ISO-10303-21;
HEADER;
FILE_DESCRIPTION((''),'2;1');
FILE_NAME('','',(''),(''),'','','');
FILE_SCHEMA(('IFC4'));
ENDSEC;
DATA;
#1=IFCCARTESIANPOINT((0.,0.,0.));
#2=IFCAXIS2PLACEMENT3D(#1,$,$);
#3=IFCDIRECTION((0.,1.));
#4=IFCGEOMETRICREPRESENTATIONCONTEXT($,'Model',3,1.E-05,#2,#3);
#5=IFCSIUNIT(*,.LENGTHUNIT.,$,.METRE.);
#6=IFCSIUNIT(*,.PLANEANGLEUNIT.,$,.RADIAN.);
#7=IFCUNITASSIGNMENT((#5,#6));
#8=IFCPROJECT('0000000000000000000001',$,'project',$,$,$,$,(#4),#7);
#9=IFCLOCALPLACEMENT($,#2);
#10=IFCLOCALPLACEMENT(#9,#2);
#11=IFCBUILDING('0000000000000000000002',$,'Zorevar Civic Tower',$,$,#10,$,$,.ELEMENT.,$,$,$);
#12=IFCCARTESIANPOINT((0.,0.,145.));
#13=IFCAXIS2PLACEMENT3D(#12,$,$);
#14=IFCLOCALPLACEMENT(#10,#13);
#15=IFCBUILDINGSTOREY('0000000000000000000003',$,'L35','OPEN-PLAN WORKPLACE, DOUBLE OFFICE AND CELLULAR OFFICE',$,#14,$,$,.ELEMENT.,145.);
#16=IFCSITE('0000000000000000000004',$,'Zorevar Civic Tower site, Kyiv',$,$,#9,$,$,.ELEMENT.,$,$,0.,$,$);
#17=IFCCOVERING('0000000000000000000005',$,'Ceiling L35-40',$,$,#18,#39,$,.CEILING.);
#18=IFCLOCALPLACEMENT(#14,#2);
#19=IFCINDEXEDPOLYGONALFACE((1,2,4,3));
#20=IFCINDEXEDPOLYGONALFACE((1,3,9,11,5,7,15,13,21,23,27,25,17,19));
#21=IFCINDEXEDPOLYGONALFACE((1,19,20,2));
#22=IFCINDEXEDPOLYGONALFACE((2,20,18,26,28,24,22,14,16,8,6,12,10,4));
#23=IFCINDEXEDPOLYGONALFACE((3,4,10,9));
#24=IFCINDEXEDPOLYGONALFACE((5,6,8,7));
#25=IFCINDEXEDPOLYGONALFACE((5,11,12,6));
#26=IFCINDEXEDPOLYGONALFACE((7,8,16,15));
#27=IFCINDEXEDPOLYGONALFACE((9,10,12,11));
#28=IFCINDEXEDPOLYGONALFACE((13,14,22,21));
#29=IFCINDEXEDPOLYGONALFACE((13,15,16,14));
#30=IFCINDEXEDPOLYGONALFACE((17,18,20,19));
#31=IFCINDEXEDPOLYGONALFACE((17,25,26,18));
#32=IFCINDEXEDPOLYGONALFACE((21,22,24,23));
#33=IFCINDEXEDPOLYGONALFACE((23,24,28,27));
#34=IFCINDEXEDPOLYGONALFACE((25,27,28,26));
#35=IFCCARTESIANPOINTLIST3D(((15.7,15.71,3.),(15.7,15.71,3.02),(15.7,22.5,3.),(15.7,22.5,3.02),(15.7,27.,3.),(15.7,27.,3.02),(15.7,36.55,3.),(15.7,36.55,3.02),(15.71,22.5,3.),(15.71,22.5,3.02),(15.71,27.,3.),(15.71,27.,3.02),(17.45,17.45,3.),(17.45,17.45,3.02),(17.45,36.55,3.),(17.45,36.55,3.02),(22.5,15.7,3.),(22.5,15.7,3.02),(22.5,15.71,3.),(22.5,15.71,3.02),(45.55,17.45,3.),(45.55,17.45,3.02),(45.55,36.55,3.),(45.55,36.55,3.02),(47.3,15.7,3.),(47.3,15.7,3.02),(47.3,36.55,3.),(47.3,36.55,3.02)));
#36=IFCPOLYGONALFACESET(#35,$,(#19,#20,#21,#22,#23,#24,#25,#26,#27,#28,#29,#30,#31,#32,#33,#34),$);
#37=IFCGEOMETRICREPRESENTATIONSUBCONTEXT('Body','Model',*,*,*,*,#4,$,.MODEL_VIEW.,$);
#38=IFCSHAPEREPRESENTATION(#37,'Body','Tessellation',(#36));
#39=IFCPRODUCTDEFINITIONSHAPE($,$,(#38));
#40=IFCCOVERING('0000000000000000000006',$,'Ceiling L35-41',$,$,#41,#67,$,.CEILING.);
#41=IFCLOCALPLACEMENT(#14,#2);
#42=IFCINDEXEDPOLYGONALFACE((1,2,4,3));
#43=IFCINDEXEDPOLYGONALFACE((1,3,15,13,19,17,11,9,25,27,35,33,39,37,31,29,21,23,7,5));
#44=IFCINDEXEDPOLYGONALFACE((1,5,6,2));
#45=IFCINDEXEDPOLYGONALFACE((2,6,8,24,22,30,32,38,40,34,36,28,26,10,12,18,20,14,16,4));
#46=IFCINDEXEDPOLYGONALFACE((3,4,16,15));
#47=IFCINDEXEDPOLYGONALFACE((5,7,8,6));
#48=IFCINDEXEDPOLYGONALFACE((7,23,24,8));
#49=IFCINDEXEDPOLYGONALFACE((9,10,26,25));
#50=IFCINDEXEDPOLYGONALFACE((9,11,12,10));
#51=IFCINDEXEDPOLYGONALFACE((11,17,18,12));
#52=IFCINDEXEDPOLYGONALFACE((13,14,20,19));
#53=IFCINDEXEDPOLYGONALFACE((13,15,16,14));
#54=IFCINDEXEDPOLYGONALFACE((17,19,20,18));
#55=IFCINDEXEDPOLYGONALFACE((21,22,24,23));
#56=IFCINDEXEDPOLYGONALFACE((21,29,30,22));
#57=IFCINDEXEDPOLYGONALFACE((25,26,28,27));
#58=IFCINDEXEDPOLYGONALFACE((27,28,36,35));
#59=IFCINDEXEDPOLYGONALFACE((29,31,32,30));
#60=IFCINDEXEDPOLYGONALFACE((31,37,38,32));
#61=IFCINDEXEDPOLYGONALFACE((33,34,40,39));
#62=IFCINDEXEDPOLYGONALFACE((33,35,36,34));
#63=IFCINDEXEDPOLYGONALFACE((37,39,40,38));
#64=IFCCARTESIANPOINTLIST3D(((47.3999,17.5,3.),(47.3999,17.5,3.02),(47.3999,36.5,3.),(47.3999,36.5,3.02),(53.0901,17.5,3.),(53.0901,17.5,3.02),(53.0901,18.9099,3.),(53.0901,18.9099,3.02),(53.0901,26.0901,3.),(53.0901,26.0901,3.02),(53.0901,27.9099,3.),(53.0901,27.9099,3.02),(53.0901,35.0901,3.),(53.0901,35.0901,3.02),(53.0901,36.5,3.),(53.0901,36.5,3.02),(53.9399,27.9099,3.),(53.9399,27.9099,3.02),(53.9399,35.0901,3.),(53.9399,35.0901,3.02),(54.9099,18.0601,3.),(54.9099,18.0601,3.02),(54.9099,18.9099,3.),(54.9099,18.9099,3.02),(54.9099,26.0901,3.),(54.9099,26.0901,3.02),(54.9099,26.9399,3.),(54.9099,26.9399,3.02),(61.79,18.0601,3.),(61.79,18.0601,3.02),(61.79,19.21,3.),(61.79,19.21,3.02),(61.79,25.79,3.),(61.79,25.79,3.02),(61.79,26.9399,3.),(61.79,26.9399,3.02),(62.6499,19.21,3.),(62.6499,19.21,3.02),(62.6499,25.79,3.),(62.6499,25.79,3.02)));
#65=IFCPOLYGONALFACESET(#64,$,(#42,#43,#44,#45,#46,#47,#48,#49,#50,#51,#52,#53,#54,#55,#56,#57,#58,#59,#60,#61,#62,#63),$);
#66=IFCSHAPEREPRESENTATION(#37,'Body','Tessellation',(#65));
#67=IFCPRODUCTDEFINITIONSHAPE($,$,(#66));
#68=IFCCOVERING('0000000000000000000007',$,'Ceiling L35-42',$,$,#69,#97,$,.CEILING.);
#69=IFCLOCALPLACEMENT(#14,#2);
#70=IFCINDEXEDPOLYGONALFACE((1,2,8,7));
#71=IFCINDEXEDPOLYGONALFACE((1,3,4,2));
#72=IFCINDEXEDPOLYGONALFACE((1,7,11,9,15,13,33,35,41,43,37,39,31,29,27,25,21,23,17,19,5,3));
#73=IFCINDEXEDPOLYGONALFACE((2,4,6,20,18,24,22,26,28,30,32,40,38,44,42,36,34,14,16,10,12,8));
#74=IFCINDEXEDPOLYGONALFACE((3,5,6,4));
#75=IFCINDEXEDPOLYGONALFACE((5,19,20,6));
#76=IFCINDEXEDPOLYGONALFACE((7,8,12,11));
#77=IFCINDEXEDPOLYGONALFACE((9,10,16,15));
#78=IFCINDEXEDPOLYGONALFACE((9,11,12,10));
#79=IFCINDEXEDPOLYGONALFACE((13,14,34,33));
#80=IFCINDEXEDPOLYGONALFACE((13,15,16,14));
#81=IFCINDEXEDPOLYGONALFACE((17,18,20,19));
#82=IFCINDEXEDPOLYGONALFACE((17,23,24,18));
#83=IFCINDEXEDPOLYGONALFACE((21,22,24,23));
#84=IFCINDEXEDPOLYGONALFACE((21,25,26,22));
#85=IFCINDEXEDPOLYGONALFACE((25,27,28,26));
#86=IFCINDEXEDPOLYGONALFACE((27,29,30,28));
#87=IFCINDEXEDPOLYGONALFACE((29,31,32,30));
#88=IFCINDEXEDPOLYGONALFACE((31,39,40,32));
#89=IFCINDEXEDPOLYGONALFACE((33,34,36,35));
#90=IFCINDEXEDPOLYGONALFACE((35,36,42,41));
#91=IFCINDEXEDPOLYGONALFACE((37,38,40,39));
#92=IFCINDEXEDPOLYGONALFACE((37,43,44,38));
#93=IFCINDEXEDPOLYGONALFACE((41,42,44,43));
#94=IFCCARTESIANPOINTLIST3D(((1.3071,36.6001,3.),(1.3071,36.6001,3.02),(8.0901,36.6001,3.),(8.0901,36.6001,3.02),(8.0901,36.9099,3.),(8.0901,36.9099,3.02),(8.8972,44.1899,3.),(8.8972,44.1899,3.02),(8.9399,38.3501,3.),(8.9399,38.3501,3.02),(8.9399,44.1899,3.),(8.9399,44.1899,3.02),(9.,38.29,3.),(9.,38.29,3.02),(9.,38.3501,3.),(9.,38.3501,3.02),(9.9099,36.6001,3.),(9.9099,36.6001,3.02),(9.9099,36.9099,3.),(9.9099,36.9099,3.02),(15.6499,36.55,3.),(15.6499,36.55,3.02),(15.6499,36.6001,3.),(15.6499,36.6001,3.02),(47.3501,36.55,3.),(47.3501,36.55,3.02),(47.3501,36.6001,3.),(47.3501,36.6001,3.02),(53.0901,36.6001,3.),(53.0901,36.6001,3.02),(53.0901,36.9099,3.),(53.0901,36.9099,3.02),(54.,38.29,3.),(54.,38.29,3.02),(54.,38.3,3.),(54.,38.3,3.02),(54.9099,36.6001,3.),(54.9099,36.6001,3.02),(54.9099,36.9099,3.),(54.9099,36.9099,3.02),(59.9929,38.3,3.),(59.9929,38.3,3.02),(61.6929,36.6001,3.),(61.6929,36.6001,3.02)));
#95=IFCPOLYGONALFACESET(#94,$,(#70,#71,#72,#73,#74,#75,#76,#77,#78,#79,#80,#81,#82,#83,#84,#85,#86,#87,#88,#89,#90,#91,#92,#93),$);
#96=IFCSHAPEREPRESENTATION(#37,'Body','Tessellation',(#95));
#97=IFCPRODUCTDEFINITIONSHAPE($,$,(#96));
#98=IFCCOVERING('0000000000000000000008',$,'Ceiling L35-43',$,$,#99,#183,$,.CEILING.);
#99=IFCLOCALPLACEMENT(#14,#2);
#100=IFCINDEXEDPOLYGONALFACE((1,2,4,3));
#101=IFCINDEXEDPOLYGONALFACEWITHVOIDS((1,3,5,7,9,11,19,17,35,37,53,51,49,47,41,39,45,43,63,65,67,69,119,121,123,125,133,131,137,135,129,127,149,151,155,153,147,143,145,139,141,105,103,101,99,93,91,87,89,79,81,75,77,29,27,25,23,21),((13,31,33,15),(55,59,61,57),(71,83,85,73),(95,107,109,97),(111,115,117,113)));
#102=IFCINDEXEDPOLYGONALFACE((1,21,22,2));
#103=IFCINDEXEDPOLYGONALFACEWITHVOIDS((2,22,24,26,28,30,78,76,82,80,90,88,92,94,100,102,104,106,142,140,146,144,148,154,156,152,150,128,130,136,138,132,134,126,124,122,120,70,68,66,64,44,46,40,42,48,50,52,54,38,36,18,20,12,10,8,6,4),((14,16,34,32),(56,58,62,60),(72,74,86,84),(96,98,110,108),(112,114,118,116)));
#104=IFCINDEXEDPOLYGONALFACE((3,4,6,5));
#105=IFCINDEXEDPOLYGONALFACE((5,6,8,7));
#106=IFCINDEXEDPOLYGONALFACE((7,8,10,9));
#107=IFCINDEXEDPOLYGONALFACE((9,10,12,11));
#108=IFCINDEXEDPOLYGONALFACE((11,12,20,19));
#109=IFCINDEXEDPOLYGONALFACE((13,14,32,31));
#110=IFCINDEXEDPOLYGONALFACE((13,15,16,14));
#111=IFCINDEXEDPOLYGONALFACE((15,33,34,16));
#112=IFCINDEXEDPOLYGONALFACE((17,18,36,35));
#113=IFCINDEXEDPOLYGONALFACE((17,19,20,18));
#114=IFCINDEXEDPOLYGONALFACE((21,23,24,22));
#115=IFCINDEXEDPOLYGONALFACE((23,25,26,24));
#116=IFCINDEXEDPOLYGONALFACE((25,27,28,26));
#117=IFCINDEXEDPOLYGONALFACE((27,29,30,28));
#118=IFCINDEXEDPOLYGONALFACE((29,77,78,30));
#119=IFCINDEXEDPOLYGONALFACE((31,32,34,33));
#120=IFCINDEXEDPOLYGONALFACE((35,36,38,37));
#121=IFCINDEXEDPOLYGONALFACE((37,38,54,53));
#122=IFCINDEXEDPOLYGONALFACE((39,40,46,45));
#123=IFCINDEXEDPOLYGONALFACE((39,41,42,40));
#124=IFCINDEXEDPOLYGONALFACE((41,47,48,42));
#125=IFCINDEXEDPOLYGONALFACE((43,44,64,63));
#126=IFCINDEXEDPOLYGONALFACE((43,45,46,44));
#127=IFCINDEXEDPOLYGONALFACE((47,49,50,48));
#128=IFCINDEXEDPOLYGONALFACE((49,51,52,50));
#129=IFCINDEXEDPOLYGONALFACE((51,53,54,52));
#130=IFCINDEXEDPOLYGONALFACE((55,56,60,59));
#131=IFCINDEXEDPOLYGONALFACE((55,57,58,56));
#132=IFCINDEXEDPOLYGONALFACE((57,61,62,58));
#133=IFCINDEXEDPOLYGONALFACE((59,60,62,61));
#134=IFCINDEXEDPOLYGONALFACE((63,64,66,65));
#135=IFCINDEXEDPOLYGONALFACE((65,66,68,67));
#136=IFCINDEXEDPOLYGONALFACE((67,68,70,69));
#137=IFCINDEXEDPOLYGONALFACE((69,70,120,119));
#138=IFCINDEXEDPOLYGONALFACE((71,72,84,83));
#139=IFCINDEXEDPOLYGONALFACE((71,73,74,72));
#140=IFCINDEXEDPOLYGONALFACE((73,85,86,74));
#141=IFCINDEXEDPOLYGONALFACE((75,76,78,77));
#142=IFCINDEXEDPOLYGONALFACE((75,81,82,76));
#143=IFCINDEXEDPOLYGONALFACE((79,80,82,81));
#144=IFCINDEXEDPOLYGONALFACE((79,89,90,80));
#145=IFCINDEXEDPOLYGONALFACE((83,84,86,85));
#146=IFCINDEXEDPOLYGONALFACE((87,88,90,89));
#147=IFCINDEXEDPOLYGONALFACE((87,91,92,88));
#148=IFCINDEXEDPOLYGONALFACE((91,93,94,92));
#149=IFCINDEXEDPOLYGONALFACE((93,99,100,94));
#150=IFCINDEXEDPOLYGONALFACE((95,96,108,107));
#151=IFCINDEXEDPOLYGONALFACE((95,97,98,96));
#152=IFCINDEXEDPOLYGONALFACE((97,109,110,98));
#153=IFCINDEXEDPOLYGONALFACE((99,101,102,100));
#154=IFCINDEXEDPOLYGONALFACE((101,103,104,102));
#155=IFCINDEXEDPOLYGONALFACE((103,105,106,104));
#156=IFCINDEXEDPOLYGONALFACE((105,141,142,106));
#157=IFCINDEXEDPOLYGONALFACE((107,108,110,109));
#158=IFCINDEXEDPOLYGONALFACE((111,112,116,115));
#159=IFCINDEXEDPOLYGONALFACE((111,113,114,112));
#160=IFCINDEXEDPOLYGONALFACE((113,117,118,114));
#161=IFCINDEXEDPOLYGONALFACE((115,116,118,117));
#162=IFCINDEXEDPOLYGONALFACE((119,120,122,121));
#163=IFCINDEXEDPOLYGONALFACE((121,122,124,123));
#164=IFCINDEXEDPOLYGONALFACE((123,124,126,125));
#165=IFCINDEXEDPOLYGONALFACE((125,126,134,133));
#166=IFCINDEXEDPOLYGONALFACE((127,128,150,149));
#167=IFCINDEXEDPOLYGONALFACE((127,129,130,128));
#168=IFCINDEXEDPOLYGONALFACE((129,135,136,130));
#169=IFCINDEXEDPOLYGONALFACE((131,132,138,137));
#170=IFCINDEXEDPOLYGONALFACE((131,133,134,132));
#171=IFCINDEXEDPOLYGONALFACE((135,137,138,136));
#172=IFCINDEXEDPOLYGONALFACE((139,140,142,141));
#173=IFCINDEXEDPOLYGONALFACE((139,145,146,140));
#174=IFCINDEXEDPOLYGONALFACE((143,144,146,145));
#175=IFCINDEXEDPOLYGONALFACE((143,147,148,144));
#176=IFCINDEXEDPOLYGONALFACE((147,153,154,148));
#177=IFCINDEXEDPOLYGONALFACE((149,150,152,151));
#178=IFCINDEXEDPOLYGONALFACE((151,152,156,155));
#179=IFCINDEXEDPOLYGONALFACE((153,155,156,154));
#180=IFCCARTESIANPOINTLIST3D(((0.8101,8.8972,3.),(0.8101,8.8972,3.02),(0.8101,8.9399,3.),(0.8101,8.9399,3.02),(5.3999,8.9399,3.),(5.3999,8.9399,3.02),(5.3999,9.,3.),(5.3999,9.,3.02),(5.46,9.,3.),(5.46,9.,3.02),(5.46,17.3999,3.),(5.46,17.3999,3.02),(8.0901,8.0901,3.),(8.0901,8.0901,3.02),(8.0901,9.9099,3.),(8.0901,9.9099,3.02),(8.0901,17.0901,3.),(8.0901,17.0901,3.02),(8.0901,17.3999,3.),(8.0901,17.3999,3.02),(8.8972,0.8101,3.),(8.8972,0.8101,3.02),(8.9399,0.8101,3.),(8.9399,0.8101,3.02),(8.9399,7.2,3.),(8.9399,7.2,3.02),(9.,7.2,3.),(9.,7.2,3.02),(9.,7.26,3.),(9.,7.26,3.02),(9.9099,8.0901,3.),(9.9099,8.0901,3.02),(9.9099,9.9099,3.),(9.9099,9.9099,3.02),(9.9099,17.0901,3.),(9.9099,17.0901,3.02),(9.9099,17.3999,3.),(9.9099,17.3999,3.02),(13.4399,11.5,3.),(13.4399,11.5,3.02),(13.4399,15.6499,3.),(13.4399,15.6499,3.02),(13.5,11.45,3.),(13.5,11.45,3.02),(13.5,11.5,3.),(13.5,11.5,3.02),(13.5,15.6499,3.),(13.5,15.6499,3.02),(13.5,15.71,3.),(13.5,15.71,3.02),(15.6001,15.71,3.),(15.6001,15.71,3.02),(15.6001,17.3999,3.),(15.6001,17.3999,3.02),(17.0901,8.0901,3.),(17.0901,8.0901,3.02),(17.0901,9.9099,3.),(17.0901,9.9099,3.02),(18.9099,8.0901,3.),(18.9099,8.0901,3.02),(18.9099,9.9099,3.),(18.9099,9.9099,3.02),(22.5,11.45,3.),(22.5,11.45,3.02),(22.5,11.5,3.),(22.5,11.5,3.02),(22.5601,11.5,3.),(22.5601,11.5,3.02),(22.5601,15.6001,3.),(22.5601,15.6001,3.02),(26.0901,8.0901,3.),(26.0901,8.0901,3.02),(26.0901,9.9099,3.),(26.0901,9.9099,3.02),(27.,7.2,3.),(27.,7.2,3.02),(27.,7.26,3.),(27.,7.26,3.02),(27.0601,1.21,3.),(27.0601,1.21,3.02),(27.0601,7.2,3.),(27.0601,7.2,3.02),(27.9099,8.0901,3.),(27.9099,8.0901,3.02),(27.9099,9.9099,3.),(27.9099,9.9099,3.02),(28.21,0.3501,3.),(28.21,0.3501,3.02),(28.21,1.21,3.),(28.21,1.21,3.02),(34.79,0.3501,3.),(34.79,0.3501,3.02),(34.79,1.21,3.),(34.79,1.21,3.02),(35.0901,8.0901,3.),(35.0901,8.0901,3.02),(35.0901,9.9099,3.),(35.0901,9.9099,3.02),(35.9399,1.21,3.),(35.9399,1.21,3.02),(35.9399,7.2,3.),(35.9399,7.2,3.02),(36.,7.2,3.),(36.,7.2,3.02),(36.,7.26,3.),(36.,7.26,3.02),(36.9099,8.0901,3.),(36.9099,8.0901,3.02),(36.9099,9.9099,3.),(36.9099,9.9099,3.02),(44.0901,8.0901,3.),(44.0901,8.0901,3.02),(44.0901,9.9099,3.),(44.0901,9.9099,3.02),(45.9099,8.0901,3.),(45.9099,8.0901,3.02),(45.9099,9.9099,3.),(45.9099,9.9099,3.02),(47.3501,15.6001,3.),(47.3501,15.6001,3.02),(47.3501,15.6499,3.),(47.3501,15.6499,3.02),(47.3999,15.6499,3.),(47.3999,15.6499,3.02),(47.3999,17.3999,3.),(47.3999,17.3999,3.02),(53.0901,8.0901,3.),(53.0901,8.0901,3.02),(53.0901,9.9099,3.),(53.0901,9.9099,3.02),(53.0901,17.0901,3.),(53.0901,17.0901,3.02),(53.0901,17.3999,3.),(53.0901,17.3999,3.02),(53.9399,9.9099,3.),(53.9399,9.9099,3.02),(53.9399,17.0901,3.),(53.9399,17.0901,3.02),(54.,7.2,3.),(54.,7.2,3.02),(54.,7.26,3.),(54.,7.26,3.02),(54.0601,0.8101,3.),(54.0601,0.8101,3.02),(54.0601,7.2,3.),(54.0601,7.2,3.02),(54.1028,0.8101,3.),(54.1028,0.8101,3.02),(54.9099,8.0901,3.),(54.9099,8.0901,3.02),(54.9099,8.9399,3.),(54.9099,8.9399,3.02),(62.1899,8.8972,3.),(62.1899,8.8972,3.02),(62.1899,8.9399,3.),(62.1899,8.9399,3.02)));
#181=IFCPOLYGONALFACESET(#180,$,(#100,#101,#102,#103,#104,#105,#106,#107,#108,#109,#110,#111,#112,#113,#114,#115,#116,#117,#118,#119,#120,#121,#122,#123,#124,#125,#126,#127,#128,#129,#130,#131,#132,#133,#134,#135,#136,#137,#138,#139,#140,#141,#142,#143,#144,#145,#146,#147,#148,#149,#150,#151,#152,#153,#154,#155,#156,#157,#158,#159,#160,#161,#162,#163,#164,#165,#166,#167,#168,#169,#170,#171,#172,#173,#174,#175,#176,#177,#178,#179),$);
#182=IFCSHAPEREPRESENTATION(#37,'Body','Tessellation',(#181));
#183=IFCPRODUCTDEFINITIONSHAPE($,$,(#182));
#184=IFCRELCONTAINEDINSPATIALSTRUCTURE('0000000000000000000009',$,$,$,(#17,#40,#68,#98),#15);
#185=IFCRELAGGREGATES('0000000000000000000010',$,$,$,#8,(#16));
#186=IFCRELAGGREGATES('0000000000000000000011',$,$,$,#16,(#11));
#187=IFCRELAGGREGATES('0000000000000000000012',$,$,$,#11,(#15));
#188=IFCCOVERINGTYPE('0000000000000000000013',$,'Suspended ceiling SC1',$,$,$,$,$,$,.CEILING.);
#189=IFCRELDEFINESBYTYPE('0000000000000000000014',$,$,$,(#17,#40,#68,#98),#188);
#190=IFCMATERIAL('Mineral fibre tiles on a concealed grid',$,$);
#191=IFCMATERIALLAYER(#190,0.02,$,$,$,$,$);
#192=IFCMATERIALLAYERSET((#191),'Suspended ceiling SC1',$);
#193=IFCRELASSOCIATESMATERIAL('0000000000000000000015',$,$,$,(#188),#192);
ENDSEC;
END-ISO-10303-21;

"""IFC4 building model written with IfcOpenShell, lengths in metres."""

from ifc_helpers import new_model, si_unit, direction, frame, origin, place, context, subcontext, project, spatial, polyline, outline, extrude, material, layer, layer_set, type_object, element, save


model = new_model("IFC4")

# Units and contexts
model_context = context("Model", 3, precision=1e-05, world=origin(), true_north=direction((0.0, 1.0)))
body_context = subcontext(model_context, "Body", "Model", "MODEL_VIEW")
ifc_project = project(units=[si_unit("LENGTHUNIT", "METRE"), si_unit("PLANEANGLEUNIT", "RADIAN")], contexts=[model_context])

# Site, building, storey
site_placement = place(None, origin())
site = spatial("IfcSite", under=ifc_project, at=site_placement, Name="Zorevar Civic Tower site, Kyiv", CompositionType="ELEMENT", RefElevation=0.0)
building_placement = place(site_placement, origin())
building = spatial("IfcBuilding", under=site, at=building_placement, Name="Zorevar Civic Tower", CompositionType="ELEMENT")
storey_placement = place(building_placement, frame((0.0, 0.0, 145.0)))
storey = spatial("IfcBuildingStorey", under=building, at=storey_placement, Name="L35", Description="OPEN-PLAN WORKPLACE, DOUBLE OFFICE AND CELLULAR OFFICE", CompositionType="ELEMENT", Elevation=145.0)

# Coverings
ifc_material_1 = material(Name="Mineral fibre tiles on a concealed grid")
ifc_layer_1 = layer(ifc_material_1, 0.02)
ifc_layer_set_1 = layer_set([ifc_layer_1], Name="Suspended ceiling SC1")
covering_type_1 = type_object("IfcCoveringType", Name="Suspended ceiling SC1", PredefinedType="CEILING", material=ifc_layer_set_1)
covering_1_placement = place(storey_placement, frame((0.0, 0.0, 3.0)))
element("IfcCovering", 1, at=covering_1_placement, inside=storey, type_object=covering_type_1, Name="Ceiling L35-40", PredefinedType="CEILING", context=body_context, shape_type="SweptSolid", body=[
    extrude(outline(polyline([(47.3, 15.7), (22.5, 15.7), (22.5, 15.71), (15.7, 15.71), (15.7, 22.5), (15.71, 22.5), (15.71, 27.0), (15.7, 27.0), (15.7, 36.55), (17.45, 36.55), (17.45, 17.45), (45.55, 17.45), (45.55, 36.55), (47.3, 36.55), (47.3, 15.7)])), origin(), (0.0, 0.0, 1.0), 0.02),
])
covering_2_placement = place(storey_placement, frame((0.0, 0.0, 3.0)))
element("IfcCovering", 2, at=covering_2_placement, inside=storey, type_object=covering_type_1, Name="Ceiling L35-41", PredefinedType="CEILING", context=body_context, shape_type="SweptSolid", body=[
    extrude(outline(polyline([(62.6499, 19.21), (61.79, 19.21), (61.79, 18.0601), (54.9099, 18.0601), (54.9099, 18.9099), (53.0901, 18.9099), (53.0901, 17.5), (47.3999, 17.5), (47.3999, 36.5), (53.0901, 36.5), (53.0901, 35.0901), (53.9399, 35.0901), (53.9399, 27.9099), (53.0901, 27.9099), (53.0901, 26.0901), (54.9099, 26.0901), (54.9099, 26.9399), (61.79, 26.9399), (61.79, 25.79), (62.6499, 25.79), (62.6499, 19.21)])), origin(), (0.0, 0.0, 1.0), 0.02),
])
covering_3_placement = place(storey_placement, frame((0.0, 0.0, 3.0)))
element("IfcCovering", 3, at=covering_3_placement, inside=storey, type_object=covering_type_1, Name="Ceiling L35-42", PredefinedType="CEILING", context=body_context, shape_type="SweptSolid", body=[
    extrude(outline(polyline([(8.9399, 44.1899), (8.9399, 38.3501), (9.0, 38.3501), (9.0, 38.29), (54.0, 38.29), (54.0, 38.3), (59.9929, 38.3), (61.6929, 36.6001), (54.9099, 36.6001), (54.9099, 36.9099), (53.0901, 36.9099), (53.0901, 36.6001), (47.3501, 36.6001), (47.3501, 36.55), (15.6499, 36.55), (15.6499, 36.6001), (9.9099, 36.6001), (9.9099, 36.9099), (8.0901, 36.9099), (8.0901, 36.6001), (1.3071, 36.6001), (8.8972, 44.1899), (8.9399, 44.1899)])), origin(), (0.0, 0.0, 1.0), 0.02),
])
covering_4_placement = place(storey_placement, frame((0.0, 0.0, 3.0)))
element("IfcCovering", 4, at=covering_4_placement, inside=storey, type_object=covering_type_1, Name="Ceiling L35-43", PredefinedType="CEILING", context=body_context, shape_type="SweptSolid", body=[
    extrude(outline(polyline([(8.0901, 17.0901), (9.9099, 17.0901), (9.9099, 17.3999), (15.6001, 17.3999), (15.6001, 15.71), (13.5, 15.71), (13.5, 15.6499), (13.4399, 15.6499), (13.4399, 11.5), (13.5, 11.5), (13.5, 11.45), (22.5, 11.45), (22.5, 11.5), (22.5601, 11.5), (22.5601, 15.6001), (47.3501, 15.6001), (47.3501, 15.6499), (47.3999, 15.6499), (47.3999, 17.3999), (53.0901, 17.3999), (53.0901, 17.0901), (53.9399, 17.0901), (53.9399, 9.9099), (53.0901, 9.9099), (53.0901, 8.0901), (54.9099, 8.0901), (54.9099, 8.9399), (62.1899, 8.9399), (62.1899, 8.8972), (54.1028, 0.8101), (54.0601, 0.8101), (54.0601, 7.2), (54.0, 7.2), (54.0, 7.26), (36.0, 7.26), (36.0, 7.2), (35.9399, 7.2), (35.9399, 1.21), (34.79, 1.21), (34.79, 0.3501), (28.21, 0.3501), (28.21, 1.21), (27.0601, 1.21), (27.0601, 7.2), (27.0, 7.2), (27.0, 7.26), (9.0, 7.26), (9.0, 7.2), (8.9399, 7.2), (8.9399, 0.8101), (8.8972, 0.8101), (0.8101, 8.8972), (0.8101, 8.9399), (5.3999, 8.9399), (5.3999, 9.0), (5.46, 9.0), (5.46, 17.3999), (8.0901, 17.3999), (8.0901, 17.0901)]), holes=[polyline([(8.0901, 9.9099), (8.0901, 8.0901), (9.9099, 8.0901), (9.9099, 9.9099), (8.0901, 9.9099)]), polyline([(18.9099, 8.0901), (18.9099, 9.9099), (17.0901, 9.9099), (17.0901, 8.0901), (18.9099, 8.0901)]), polyline([(26.0901, 9.9099), (26.0901, 8.0901), (27.9099, 8.0901), (27.9099, 9.9099), (26.0901, 9.9099)]), polyline([(36.9099, 8.0901), (36.9099, 9.9099), (35.0901, 9.9099), (35.0901, 8.0901), (36.9099, 8.0901)]), polyline([(44.0901, 8.0901), (45.9099, 8.0901), (45.9099, 9.9099), (44.0901, 9.9099), (44.0901, 8.0901)])]), origin(), (0.0, 0.0, 1.0), 0.02),
])

save(model, "model.ifc")
